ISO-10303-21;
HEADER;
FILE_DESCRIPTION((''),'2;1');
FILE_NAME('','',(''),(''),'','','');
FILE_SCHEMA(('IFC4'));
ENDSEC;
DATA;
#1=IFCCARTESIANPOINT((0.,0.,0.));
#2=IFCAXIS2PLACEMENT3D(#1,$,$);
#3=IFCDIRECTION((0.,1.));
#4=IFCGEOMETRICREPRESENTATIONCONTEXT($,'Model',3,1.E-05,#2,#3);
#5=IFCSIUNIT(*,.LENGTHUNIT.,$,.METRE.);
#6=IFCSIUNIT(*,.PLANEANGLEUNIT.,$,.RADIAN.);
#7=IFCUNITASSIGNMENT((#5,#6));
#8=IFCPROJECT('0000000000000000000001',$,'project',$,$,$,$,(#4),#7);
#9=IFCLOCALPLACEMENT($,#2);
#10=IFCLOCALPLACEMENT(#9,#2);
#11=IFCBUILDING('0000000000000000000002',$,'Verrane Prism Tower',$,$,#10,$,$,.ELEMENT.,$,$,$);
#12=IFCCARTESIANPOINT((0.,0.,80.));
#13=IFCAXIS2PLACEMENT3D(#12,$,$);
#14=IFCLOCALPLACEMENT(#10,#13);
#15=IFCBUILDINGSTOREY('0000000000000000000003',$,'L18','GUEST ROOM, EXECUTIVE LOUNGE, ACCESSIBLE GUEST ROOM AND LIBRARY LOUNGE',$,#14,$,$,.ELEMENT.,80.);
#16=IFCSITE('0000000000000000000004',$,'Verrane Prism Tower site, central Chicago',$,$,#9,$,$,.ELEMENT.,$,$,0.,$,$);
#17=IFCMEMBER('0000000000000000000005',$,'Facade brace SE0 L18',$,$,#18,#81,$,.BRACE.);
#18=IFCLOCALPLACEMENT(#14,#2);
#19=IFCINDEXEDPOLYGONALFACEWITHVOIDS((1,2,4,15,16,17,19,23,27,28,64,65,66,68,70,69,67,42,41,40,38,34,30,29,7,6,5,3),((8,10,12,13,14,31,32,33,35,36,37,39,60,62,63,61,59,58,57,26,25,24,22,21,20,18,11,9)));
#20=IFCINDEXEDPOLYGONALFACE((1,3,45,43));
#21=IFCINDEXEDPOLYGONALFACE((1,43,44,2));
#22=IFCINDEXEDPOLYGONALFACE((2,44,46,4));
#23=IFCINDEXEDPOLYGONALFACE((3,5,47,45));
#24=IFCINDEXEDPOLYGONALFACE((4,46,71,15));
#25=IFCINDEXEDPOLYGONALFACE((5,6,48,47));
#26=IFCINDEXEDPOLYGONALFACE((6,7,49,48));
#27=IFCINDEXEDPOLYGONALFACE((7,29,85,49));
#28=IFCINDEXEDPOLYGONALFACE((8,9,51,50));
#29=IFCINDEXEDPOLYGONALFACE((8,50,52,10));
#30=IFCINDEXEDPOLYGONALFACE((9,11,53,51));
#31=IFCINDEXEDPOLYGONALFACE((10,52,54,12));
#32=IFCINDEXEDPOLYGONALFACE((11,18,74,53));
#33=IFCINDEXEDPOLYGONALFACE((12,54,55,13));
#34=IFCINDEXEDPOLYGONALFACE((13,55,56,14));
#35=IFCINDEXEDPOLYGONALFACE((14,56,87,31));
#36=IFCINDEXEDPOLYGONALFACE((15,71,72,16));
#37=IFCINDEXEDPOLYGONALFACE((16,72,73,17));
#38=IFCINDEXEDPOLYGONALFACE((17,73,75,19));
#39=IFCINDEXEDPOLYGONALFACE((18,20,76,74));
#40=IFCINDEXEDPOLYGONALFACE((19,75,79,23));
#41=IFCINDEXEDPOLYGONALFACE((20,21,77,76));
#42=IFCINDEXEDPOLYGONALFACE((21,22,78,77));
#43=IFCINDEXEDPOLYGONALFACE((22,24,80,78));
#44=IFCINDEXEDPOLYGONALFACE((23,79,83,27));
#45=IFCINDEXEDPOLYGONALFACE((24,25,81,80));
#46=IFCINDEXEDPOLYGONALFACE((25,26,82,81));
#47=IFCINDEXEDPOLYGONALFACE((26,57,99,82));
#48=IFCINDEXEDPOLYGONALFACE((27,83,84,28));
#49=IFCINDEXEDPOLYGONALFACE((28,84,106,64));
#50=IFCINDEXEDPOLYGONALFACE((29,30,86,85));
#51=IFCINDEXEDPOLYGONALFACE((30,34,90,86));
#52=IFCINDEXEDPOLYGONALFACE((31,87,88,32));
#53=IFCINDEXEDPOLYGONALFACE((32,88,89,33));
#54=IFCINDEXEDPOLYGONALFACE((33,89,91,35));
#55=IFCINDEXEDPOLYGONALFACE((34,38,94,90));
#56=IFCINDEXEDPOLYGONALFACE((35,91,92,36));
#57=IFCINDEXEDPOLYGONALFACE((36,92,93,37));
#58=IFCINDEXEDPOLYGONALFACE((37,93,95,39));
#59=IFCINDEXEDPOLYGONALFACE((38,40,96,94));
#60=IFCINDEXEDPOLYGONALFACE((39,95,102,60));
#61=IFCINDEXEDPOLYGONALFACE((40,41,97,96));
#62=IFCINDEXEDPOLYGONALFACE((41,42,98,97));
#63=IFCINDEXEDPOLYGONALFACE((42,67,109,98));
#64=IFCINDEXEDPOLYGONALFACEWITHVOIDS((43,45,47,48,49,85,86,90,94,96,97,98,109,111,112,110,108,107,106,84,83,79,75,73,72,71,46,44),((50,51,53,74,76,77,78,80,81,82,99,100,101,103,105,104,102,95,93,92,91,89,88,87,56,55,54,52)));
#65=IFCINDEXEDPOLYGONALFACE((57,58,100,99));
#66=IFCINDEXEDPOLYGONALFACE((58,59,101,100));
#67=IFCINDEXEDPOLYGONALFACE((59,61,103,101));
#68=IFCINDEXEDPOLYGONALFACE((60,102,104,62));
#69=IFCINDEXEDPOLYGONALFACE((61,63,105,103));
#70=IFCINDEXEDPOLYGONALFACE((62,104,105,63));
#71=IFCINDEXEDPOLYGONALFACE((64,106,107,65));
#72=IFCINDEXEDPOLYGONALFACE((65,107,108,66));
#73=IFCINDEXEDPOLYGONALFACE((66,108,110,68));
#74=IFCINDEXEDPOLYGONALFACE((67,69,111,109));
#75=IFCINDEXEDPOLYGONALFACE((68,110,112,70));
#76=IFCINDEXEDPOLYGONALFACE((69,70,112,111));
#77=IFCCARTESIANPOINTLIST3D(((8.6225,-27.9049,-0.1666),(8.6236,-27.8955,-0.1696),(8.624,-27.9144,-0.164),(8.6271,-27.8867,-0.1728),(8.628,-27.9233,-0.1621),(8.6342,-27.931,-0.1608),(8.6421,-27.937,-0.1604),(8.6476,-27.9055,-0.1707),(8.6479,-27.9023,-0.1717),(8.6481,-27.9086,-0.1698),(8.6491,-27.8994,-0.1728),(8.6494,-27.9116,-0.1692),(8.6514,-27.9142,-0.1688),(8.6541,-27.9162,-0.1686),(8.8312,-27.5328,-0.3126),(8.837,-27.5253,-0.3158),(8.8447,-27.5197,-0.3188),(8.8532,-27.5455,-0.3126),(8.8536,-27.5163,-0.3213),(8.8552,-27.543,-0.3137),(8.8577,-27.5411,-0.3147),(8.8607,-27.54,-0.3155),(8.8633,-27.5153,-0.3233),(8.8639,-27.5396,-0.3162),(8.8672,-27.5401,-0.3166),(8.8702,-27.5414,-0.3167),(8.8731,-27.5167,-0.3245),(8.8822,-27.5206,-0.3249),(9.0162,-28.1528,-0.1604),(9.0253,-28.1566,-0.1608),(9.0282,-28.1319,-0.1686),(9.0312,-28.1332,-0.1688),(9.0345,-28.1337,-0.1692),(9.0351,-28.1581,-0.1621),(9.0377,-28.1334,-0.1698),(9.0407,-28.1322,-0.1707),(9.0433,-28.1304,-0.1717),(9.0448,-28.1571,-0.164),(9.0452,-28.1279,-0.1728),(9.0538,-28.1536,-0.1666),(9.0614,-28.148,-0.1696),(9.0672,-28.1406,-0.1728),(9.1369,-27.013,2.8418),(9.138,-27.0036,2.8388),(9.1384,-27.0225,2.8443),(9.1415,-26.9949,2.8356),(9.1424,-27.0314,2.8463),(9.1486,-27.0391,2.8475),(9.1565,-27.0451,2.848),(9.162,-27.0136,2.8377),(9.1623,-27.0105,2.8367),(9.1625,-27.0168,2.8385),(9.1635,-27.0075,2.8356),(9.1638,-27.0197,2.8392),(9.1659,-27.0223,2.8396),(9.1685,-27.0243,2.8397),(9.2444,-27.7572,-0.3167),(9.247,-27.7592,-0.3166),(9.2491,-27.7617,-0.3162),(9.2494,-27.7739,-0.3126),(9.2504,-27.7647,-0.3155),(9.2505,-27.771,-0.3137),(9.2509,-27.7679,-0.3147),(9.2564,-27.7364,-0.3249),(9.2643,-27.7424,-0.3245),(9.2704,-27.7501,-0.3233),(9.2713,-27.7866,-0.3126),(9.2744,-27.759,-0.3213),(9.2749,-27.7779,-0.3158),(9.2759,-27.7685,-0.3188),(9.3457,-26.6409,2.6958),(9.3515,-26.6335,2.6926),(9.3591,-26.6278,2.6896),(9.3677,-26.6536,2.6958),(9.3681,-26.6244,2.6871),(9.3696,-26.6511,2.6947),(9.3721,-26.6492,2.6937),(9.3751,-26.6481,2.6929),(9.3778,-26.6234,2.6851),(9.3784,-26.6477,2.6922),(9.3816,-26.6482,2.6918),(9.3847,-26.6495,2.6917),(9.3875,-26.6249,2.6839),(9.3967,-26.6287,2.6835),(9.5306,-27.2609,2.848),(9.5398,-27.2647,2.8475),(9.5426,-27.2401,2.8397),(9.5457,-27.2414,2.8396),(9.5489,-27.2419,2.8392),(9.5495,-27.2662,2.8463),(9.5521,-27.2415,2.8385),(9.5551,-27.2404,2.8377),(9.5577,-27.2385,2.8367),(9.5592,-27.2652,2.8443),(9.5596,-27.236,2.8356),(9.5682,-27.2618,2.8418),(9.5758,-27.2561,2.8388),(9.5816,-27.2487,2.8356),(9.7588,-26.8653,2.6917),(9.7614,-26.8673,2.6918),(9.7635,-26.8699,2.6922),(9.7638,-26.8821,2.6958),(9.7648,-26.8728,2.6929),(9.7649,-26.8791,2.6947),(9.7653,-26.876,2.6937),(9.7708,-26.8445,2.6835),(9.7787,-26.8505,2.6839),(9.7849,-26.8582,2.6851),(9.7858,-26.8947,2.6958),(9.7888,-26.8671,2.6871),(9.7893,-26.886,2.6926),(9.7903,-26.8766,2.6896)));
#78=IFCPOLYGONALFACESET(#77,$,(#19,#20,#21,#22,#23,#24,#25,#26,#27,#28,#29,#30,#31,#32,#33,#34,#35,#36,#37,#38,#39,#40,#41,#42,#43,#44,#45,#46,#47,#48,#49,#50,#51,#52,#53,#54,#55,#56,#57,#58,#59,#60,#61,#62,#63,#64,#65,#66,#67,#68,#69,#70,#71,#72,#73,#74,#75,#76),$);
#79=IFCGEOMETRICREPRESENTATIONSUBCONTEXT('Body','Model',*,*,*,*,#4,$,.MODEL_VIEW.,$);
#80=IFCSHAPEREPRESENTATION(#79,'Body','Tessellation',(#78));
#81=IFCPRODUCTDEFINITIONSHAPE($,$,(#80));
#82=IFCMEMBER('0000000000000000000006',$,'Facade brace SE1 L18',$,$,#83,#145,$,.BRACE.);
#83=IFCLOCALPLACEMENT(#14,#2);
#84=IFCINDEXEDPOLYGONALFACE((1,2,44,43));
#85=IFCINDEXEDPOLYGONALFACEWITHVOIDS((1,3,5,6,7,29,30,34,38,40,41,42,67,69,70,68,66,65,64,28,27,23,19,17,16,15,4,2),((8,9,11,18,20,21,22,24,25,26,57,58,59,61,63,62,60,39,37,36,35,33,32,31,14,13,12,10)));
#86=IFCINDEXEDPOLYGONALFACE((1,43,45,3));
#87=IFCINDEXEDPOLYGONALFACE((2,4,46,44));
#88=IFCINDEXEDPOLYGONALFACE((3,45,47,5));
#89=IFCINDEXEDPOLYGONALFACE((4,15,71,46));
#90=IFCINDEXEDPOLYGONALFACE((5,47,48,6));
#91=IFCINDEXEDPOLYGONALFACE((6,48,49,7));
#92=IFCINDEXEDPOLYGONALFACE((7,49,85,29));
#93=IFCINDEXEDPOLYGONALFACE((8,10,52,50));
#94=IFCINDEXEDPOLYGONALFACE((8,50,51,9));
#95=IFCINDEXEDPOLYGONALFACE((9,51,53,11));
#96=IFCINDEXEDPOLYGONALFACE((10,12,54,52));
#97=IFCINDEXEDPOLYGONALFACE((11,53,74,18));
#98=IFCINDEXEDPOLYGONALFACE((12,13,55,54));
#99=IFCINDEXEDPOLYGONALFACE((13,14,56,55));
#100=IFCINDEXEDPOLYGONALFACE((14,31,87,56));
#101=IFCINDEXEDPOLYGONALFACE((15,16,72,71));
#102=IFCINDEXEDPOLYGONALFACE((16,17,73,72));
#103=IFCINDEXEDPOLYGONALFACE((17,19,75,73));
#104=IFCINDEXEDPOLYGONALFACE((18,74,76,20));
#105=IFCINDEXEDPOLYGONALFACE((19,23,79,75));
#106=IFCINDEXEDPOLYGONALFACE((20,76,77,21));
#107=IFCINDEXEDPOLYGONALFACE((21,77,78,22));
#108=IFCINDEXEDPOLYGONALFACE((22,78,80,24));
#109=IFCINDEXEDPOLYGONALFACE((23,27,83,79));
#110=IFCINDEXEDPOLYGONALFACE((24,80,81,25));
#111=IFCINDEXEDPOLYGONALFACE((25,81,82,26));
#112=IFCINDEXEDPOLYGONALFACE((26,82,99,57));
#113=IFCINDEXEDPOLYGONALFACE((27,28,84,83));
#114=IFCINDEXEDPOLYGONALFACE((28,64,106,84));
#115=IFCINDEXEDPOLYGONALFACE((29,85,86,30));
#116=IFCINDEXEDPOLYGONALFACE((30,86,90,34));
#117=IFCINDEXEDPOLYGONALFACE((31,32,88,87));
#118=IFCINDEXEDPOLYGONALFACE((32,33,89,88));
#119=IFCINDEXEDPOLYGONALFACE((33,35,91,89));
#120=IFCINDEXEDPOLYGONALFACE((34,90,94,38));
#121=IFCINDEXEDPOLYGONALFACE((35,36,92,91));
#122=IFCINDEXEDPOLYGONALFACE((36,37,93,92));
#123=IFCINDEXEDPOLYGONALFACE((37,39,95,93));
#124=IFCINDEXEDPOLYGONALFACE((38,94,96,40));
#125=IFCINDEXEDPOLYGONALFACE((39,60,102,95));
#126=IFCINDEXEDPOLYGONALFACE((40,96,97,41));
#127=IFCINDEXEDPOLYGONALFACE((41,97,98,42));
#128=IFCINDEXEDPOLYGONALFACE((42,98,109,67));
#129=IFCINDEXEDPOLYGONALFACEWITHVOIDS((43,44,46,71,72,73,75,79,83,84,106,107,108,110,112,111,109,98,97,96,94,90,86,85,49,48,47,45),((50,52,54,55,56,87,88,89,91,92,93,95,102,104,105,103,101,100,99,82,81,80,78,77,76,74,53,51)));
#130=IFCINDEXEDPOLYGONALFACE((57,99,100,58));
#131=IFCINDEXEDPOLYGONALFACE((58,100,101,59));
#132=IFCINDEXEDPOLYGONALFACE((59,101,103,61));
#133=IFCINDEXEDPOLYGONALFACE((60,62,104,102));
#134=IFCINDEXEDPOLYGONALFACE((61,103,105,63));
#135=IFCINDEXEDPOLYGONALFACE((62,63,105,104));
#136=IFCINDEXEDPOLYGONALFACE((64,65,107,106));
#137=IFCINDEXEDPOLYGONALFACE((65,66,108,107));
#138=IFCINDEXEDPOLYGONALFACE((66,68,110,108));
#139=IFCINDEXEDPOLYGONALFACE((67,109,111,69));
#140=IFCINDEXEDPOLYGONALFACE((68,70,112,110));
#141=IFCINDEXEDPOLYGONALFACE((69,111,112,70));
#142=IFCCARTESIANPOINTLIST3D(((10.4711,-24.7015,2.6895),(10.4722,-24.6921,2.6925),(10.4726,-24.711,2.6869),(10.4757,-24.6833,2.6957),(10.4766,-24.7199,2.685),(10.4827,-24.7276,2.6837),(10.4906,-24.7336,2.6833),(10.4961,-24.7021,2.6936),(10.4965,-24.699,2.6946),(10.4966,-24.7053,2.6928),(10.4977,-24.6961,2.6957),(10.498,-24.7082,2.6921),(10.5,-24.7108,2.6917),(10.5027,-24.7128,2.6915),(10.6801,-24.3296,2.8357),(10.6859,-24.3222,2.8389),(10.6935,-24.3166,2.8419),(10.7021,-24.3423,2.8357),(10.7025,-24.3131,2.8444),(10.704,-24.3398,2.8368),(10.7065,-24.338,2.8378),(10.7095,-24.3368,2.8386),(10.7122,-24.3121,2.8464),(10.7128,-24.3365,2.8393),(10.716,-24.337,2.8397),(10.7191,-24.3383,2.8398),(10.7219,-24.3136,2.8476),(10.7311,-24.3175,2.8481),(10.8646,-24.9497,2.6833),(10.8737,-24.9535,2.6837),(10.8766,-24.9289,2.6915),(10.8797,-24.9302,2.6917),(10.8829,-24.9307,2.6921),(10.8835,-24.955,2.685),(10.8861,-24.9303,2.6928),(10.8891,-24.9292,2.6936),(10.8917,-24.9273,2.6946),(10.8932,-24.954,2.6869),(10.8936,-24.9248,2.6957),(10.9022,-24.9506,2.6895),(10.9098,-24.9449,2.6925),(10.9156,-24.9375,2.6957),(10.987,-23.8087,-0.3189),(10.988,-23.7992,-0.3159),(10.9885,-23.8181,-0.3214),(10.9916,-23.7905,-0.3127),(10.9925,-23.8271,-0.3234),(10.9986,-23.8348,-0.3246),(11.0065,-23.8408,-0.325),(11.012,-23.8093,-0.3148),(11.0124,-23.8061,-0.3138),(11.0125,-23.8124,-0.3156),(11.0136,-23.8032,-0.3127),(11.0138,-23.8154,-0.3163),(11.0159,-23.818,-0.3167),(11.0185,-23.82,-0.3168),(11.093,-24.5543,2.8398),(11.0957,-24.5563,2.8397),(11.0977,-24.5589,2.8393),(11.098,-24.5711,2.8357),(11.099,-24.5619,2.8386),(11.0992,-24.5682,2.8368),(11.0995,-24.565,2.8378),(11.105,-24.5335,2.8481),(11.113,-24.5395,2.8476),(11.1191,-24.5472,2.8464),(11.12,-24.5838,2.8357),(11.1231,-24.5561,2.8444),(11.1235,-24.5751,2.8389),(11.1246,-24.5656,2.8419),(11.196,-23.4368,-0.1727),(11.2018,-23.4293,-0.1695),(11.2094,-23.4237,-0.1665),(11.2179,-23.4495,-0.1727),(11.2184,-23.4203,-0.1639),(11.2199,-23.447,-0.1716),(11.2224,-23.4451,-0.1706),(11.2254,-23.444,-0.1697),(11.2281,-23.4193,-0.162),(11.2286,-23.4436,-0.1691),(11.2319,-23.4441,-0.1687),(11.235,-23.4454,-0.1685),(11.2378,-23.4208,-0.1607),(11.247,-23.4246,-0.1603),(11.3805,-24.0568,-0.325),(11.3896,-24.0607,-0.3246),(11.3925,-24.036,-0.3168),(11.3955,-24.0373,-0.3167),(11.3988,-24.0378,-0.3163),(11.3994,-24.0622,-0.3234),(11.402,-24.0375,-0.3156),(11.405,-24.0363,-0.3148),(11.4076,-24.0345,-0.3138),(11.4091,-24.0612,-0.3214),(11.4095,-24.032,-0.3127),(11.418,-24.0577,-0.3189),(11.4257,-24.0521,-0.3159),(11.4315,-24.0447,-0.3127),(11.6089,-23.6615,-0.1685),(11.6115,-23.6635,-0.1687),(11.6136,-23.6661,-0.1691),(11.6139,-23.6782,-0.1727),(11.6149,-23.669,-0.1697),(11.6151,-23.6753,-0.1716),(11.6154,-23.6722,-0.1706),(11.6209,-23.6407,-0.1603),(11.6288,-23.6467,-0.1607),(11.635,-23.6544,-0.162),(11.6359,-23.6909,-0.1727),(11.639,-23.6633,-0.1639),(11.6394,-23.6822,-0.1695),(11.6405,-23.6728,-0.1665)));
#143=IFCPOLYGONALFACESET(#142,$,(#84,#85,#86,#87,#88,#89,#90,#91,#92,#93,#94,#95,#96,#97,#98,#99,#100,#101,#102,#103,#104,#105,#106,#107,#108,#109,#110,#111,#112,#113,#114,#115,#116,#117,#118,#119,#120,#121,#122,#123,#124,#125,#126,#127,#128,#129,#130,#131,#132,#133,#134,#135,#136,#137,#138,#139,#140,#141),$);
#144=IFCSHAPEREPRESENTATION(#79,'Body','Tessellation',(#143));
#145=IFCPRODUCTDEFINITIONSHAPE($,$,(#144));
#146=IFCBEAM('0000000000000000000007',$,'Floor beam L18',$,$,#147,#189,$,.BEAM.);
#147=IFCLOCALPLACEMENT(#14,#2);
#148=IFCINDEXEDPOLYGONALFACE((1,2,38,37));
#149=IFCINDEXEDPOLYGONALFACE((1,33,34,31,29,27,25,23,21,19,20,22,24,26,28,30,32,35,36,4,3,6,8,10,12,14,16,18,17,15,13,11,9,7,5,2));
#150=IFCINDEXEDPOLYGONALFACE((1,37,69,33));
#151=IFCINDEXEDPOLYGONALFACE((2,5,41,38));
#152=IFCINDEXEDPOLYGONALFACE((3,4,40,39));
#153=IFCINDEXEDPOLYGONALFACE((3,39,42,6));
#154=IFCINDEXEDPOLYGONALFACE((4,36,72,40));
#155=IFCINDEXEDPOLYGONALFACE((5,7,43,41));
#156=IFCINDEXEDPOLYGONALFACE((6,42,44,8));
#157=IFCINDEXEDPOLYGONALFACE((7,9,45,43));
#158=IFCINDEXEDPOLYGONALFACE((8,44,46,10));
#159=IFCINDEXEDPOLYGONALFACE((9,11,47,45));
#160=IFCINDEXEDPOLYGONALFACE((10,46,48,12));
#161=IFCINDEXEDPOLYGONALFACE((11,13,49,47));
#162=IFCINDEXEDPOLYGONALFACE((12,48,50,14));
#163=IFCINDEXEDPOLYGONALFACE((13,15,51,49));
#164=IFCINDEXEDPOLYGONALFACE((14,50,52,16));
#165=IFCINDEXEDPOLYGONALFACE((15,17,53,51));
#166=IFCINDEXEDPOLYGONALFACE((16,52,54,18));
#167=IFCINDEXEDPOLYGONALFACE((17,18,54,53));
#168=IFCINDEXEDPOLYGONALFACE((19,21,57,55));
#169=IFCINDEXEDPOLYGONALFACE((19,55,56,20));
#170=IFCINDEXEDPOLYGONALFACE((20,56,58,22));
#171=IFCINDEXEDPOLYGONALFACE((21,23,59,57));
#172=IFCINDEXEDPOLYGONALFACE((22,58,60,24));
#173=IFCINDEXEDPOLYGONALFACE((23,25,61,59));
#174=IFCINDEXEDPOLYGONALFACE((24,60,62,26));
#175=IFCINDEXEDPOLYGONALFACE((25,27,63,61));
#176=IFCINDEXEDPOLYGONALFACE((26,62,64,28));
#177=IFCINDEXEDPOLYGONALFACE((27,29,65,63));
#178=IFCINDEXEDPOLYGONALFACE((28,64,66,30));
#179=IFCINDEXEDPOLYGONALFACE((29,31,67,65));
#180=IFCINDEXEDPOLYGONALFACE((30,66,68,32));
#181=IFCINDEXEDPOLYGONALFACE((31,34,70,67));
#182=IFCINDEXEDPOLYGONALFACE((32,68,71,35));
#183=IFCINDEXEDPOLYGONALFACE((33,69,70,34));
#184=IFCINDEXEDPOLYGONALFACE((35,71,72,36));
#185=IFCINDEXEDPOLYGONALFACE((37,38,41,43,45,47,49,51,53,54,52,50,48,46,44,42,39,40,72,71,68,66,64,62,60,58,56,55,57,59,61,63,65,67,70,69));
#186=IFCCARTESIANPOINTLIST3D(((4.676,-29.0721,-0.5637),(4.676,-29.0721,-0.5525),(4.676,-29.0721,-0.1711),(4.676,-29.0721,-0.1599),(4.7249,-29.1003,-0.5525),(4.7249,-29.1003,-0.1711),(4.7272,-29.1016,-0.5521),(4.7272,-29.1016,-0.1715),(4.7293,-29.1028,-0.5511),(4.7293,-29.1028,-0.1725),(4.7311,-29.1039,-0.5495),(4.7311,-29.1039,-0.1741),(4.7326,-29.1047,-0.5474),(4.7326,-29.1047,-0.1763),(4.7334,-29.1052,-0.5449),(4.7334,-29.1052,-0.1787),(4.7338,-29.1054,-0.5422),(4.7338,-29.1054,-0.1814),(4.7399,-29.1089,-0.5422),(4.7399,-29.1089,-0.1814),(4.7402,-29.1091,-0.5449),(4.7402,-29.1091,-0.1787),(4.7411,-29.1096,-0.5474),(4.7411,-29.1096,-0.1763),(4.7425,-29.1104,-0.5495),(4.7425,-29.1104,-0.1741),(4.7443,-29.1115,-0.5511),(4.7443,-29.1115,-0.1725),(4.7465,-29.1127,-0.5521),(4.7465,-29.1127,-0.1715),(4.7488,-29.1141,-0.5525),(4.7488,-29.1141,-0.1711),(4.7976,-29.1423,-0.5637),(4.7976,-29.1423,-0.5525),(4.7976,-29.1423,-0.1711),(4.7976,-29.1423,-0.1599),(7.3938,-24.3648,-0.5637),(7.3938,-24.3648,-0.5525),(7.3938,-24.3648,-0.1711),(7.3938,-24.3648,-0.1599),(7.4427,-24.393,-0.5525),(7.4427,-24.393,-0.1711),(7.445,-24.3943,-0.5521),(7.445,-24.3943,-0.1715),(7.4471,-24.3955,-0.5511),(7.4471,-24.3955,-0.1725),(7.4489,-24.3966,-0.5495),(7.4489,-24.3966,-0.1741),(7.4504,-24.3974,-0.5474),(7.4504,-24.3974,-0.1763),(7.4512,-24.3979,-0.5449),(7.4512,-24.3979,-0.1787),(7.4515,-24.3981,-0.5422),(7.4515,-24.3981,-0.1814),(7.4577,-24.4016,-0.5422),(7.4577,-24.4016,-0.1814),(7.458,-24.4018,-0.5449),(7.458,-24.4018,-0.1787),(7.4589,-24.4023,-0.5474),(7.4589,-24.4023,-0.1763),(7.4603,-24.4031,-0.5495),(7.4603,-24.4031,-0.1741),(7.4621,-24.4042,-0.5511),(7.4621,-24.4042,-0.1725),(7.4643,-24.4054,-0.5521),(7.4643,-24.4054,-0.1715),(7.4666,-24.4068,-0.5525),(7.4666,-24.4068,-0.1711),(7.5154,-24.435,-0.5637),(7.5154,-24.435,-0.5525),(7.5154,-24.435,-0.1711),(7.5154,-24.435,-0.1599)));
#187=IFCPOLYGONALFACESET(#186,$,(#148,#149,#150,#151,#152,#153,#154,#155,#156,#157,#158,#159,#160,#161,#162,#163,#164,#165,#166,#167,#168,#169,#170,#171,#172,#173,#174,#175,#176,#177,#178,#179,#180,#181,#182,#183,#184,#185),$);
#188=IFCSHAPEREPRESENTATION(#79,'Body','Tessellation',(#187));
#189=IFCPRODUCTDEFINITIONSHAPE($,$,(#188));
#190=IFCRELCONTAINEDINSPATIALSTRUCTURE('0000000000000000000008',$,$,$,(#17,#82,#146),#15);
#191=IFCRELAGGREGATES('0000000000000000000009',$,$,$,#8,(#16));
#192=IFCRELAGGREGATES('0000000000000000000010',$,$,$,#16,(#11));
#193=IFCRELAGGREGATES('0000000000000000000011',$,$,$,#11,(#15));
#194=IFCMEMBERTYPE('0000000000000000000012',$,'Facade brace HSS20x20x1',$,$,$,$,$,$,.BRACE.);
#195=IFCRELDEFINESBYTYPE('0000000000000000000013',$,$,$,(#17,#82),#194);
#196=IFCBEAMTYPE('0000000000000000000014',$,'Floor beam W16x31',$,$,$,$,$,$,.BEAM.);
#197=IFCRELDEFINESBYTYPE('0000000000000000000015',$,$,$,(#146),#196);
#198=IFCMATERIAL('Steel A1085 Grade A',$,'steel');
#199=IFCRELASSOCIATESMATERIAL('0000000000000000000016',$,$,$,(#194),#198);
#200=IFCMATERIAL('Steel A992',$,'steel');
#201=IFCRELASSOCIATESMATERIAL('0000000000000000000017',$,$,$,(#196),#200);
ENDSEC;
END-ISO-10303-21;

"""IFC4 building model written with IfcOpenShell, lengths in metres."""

from ifc_helpers import new_model, si_unit, direction, frame, origin, origin_2d, place, context, subcontext, project, spatial, hollow_rectangle, i_section, extrude, material, material_profile, profile_set, type_object, element, save


model = new_model("IFC4")

# Units and contexts
model_context = context("Model", 3, precision=1e-05, world=origin(), true_north=direction((0.0, 1.0)))
body_context = subcontext(model_context, "Body", "Model", "MODEL_VIEW")
ifc_project = project(units=[si_unit("LENGTHUNIT", "METRE"), si_unit("PLANEANGLEUNIT", "RADIAN")], contexts=[model_context])

# Site, building, storey
site_placement = place(None, origin())
site = spatial("IfcSite", under=ifc_project, at=site_placement, Name="Verrane Prism Tower site, central Chicago", CompositionType="ELEMENT", RefElevation=0.0)
building_placement = place(site_placement, origin())
building = spatial("IfcBuilding", under=site, at=building_placement, Name="Verrane Prism Tower", CompositionType="ELEMENT")
storey_placement = place(building_placement, frame((0.0, 0.0, 80.0)))
storey = spatial("IfcBuildingStorey", under=building, at=storey_placement, Name="L18", Description="GUEST ROOM, EXECUTIVE LOUNGE, ACCESSIBLE GUEST ROOM AND LIBRARY LOUNGE", CompositionType="ELEMENT", Elevation=80.0)

# Members
ifc_material_1 = material(Name="Steel A1085 Grade A", Category="steel")
ifc_material_profile_1 = material_profile(ifc_material_1, hollow_rectangle(XDim=0.5081, YDim=0.5081, WallThickness=0.0254, InnerFilletRadius=0.0127, OuterFilletRadius=0.0381, at=origin_2d()), Name="HSS20x20x1")
ifc_profile_set_1 = profile_set([ifc_material_profile_1], Name="Steel A1085 Grade A")
member_type_1 = type_object("IfcMemberType", Name="Facade brace HSS20x20x1", PredefinedType="BRACE", material=ifc_profile_set_1)
member_1_placement = place(storey_placement, frame((8.9492, -27.8367, -0.2427), z_axis=(0.161783, 0.28049, 0.946125), x_axis=(-0.866237, 0.499633, 0.0)))
element("IfcMember", 1, at=member_1_placement, inside=storey, type_object=member_type_1, Name="Facade brace SE0 L18", PredefinedType="BRACE", context=body_context, shape_type="SweptSolid", body=[
    extrude(hollow_rectangle(XDim=0.5081, YDim=0.5081, WallThickness=0.0254, InnerFilletRadius=0.0127, OuterFilletRadius=0.0381, at=origin_2d()), origin(), (0.0, 0.0, 1.0), 3.1797),
])
member_2_placement = place(storey_placement, frame((11.3137, -23.7407, -0.2427), z_axis=(-0.162217, -0.280752, 0.945973), x_axis=(0.865858, -0.500289, 0.0)))
element("IfcMember", 2, at=member_2_placement, inside=storey, type_object=member_type_1, Name="Facade brace SE1 L18", PredefinedType="BRACE", context=body_context, shape_type="SweptSolid", body=[
    extrude(hollow_rectangle(XDim=0.5081, YDim=0.5081, WallThickness=0.0254, InnerFilletRadius=0.0127, OuterFilletRadius=0.0381, at=origin_2d()), origin(), (0.0, 0.0, 1.0), 3.1802),
])

# Beam
ifc_material_2 = material(Name="Steel A992", Category="steel")
ifc_material_profile_2 = material_profile(ifc_material_2, i_section(OverallWidth=0.1404, OverallDepth=0.4038, WebThickness=0.0071, FlangeThickness=0.0112, FilletRadius=0.0103, at=origin_2d()), Name="W16x31")
ifc_profile_set_2 = profile_set([ifc_material_profile_2], Name="Steel A992")
beam_type_1 = type_object("IfcBeamType", Name="Floor beam W16x31", PredefinedType="BEAM", material=ifc_profile_set_2)
beam_1_placement = place(storey_placement, frame((4.7368, -29.1072, -0.3618), z_axis=(0.500004, 0.866023, 0.0), x_axis=(-0.866023, 0.500004, 0.0)))
element("IfcBeam", 3, at=beam_1_placement, inside=storey, type_object=beam_type_1, Name="Floor beam L18", PredefinedType="BEAM", context=body_context, shape_type="SweptSolid", body=[
    extrude(i_section(OverallWidth=0.1404, OverallDepth=0.4038, WebThickness=0.0071, FlangeThickness=0.0112, FilletRadius=0.0103, at=origin_2d()), origin(), (0.0, 0.0, 1.0), 5.4355),
])

save(model, "model.ifc")
